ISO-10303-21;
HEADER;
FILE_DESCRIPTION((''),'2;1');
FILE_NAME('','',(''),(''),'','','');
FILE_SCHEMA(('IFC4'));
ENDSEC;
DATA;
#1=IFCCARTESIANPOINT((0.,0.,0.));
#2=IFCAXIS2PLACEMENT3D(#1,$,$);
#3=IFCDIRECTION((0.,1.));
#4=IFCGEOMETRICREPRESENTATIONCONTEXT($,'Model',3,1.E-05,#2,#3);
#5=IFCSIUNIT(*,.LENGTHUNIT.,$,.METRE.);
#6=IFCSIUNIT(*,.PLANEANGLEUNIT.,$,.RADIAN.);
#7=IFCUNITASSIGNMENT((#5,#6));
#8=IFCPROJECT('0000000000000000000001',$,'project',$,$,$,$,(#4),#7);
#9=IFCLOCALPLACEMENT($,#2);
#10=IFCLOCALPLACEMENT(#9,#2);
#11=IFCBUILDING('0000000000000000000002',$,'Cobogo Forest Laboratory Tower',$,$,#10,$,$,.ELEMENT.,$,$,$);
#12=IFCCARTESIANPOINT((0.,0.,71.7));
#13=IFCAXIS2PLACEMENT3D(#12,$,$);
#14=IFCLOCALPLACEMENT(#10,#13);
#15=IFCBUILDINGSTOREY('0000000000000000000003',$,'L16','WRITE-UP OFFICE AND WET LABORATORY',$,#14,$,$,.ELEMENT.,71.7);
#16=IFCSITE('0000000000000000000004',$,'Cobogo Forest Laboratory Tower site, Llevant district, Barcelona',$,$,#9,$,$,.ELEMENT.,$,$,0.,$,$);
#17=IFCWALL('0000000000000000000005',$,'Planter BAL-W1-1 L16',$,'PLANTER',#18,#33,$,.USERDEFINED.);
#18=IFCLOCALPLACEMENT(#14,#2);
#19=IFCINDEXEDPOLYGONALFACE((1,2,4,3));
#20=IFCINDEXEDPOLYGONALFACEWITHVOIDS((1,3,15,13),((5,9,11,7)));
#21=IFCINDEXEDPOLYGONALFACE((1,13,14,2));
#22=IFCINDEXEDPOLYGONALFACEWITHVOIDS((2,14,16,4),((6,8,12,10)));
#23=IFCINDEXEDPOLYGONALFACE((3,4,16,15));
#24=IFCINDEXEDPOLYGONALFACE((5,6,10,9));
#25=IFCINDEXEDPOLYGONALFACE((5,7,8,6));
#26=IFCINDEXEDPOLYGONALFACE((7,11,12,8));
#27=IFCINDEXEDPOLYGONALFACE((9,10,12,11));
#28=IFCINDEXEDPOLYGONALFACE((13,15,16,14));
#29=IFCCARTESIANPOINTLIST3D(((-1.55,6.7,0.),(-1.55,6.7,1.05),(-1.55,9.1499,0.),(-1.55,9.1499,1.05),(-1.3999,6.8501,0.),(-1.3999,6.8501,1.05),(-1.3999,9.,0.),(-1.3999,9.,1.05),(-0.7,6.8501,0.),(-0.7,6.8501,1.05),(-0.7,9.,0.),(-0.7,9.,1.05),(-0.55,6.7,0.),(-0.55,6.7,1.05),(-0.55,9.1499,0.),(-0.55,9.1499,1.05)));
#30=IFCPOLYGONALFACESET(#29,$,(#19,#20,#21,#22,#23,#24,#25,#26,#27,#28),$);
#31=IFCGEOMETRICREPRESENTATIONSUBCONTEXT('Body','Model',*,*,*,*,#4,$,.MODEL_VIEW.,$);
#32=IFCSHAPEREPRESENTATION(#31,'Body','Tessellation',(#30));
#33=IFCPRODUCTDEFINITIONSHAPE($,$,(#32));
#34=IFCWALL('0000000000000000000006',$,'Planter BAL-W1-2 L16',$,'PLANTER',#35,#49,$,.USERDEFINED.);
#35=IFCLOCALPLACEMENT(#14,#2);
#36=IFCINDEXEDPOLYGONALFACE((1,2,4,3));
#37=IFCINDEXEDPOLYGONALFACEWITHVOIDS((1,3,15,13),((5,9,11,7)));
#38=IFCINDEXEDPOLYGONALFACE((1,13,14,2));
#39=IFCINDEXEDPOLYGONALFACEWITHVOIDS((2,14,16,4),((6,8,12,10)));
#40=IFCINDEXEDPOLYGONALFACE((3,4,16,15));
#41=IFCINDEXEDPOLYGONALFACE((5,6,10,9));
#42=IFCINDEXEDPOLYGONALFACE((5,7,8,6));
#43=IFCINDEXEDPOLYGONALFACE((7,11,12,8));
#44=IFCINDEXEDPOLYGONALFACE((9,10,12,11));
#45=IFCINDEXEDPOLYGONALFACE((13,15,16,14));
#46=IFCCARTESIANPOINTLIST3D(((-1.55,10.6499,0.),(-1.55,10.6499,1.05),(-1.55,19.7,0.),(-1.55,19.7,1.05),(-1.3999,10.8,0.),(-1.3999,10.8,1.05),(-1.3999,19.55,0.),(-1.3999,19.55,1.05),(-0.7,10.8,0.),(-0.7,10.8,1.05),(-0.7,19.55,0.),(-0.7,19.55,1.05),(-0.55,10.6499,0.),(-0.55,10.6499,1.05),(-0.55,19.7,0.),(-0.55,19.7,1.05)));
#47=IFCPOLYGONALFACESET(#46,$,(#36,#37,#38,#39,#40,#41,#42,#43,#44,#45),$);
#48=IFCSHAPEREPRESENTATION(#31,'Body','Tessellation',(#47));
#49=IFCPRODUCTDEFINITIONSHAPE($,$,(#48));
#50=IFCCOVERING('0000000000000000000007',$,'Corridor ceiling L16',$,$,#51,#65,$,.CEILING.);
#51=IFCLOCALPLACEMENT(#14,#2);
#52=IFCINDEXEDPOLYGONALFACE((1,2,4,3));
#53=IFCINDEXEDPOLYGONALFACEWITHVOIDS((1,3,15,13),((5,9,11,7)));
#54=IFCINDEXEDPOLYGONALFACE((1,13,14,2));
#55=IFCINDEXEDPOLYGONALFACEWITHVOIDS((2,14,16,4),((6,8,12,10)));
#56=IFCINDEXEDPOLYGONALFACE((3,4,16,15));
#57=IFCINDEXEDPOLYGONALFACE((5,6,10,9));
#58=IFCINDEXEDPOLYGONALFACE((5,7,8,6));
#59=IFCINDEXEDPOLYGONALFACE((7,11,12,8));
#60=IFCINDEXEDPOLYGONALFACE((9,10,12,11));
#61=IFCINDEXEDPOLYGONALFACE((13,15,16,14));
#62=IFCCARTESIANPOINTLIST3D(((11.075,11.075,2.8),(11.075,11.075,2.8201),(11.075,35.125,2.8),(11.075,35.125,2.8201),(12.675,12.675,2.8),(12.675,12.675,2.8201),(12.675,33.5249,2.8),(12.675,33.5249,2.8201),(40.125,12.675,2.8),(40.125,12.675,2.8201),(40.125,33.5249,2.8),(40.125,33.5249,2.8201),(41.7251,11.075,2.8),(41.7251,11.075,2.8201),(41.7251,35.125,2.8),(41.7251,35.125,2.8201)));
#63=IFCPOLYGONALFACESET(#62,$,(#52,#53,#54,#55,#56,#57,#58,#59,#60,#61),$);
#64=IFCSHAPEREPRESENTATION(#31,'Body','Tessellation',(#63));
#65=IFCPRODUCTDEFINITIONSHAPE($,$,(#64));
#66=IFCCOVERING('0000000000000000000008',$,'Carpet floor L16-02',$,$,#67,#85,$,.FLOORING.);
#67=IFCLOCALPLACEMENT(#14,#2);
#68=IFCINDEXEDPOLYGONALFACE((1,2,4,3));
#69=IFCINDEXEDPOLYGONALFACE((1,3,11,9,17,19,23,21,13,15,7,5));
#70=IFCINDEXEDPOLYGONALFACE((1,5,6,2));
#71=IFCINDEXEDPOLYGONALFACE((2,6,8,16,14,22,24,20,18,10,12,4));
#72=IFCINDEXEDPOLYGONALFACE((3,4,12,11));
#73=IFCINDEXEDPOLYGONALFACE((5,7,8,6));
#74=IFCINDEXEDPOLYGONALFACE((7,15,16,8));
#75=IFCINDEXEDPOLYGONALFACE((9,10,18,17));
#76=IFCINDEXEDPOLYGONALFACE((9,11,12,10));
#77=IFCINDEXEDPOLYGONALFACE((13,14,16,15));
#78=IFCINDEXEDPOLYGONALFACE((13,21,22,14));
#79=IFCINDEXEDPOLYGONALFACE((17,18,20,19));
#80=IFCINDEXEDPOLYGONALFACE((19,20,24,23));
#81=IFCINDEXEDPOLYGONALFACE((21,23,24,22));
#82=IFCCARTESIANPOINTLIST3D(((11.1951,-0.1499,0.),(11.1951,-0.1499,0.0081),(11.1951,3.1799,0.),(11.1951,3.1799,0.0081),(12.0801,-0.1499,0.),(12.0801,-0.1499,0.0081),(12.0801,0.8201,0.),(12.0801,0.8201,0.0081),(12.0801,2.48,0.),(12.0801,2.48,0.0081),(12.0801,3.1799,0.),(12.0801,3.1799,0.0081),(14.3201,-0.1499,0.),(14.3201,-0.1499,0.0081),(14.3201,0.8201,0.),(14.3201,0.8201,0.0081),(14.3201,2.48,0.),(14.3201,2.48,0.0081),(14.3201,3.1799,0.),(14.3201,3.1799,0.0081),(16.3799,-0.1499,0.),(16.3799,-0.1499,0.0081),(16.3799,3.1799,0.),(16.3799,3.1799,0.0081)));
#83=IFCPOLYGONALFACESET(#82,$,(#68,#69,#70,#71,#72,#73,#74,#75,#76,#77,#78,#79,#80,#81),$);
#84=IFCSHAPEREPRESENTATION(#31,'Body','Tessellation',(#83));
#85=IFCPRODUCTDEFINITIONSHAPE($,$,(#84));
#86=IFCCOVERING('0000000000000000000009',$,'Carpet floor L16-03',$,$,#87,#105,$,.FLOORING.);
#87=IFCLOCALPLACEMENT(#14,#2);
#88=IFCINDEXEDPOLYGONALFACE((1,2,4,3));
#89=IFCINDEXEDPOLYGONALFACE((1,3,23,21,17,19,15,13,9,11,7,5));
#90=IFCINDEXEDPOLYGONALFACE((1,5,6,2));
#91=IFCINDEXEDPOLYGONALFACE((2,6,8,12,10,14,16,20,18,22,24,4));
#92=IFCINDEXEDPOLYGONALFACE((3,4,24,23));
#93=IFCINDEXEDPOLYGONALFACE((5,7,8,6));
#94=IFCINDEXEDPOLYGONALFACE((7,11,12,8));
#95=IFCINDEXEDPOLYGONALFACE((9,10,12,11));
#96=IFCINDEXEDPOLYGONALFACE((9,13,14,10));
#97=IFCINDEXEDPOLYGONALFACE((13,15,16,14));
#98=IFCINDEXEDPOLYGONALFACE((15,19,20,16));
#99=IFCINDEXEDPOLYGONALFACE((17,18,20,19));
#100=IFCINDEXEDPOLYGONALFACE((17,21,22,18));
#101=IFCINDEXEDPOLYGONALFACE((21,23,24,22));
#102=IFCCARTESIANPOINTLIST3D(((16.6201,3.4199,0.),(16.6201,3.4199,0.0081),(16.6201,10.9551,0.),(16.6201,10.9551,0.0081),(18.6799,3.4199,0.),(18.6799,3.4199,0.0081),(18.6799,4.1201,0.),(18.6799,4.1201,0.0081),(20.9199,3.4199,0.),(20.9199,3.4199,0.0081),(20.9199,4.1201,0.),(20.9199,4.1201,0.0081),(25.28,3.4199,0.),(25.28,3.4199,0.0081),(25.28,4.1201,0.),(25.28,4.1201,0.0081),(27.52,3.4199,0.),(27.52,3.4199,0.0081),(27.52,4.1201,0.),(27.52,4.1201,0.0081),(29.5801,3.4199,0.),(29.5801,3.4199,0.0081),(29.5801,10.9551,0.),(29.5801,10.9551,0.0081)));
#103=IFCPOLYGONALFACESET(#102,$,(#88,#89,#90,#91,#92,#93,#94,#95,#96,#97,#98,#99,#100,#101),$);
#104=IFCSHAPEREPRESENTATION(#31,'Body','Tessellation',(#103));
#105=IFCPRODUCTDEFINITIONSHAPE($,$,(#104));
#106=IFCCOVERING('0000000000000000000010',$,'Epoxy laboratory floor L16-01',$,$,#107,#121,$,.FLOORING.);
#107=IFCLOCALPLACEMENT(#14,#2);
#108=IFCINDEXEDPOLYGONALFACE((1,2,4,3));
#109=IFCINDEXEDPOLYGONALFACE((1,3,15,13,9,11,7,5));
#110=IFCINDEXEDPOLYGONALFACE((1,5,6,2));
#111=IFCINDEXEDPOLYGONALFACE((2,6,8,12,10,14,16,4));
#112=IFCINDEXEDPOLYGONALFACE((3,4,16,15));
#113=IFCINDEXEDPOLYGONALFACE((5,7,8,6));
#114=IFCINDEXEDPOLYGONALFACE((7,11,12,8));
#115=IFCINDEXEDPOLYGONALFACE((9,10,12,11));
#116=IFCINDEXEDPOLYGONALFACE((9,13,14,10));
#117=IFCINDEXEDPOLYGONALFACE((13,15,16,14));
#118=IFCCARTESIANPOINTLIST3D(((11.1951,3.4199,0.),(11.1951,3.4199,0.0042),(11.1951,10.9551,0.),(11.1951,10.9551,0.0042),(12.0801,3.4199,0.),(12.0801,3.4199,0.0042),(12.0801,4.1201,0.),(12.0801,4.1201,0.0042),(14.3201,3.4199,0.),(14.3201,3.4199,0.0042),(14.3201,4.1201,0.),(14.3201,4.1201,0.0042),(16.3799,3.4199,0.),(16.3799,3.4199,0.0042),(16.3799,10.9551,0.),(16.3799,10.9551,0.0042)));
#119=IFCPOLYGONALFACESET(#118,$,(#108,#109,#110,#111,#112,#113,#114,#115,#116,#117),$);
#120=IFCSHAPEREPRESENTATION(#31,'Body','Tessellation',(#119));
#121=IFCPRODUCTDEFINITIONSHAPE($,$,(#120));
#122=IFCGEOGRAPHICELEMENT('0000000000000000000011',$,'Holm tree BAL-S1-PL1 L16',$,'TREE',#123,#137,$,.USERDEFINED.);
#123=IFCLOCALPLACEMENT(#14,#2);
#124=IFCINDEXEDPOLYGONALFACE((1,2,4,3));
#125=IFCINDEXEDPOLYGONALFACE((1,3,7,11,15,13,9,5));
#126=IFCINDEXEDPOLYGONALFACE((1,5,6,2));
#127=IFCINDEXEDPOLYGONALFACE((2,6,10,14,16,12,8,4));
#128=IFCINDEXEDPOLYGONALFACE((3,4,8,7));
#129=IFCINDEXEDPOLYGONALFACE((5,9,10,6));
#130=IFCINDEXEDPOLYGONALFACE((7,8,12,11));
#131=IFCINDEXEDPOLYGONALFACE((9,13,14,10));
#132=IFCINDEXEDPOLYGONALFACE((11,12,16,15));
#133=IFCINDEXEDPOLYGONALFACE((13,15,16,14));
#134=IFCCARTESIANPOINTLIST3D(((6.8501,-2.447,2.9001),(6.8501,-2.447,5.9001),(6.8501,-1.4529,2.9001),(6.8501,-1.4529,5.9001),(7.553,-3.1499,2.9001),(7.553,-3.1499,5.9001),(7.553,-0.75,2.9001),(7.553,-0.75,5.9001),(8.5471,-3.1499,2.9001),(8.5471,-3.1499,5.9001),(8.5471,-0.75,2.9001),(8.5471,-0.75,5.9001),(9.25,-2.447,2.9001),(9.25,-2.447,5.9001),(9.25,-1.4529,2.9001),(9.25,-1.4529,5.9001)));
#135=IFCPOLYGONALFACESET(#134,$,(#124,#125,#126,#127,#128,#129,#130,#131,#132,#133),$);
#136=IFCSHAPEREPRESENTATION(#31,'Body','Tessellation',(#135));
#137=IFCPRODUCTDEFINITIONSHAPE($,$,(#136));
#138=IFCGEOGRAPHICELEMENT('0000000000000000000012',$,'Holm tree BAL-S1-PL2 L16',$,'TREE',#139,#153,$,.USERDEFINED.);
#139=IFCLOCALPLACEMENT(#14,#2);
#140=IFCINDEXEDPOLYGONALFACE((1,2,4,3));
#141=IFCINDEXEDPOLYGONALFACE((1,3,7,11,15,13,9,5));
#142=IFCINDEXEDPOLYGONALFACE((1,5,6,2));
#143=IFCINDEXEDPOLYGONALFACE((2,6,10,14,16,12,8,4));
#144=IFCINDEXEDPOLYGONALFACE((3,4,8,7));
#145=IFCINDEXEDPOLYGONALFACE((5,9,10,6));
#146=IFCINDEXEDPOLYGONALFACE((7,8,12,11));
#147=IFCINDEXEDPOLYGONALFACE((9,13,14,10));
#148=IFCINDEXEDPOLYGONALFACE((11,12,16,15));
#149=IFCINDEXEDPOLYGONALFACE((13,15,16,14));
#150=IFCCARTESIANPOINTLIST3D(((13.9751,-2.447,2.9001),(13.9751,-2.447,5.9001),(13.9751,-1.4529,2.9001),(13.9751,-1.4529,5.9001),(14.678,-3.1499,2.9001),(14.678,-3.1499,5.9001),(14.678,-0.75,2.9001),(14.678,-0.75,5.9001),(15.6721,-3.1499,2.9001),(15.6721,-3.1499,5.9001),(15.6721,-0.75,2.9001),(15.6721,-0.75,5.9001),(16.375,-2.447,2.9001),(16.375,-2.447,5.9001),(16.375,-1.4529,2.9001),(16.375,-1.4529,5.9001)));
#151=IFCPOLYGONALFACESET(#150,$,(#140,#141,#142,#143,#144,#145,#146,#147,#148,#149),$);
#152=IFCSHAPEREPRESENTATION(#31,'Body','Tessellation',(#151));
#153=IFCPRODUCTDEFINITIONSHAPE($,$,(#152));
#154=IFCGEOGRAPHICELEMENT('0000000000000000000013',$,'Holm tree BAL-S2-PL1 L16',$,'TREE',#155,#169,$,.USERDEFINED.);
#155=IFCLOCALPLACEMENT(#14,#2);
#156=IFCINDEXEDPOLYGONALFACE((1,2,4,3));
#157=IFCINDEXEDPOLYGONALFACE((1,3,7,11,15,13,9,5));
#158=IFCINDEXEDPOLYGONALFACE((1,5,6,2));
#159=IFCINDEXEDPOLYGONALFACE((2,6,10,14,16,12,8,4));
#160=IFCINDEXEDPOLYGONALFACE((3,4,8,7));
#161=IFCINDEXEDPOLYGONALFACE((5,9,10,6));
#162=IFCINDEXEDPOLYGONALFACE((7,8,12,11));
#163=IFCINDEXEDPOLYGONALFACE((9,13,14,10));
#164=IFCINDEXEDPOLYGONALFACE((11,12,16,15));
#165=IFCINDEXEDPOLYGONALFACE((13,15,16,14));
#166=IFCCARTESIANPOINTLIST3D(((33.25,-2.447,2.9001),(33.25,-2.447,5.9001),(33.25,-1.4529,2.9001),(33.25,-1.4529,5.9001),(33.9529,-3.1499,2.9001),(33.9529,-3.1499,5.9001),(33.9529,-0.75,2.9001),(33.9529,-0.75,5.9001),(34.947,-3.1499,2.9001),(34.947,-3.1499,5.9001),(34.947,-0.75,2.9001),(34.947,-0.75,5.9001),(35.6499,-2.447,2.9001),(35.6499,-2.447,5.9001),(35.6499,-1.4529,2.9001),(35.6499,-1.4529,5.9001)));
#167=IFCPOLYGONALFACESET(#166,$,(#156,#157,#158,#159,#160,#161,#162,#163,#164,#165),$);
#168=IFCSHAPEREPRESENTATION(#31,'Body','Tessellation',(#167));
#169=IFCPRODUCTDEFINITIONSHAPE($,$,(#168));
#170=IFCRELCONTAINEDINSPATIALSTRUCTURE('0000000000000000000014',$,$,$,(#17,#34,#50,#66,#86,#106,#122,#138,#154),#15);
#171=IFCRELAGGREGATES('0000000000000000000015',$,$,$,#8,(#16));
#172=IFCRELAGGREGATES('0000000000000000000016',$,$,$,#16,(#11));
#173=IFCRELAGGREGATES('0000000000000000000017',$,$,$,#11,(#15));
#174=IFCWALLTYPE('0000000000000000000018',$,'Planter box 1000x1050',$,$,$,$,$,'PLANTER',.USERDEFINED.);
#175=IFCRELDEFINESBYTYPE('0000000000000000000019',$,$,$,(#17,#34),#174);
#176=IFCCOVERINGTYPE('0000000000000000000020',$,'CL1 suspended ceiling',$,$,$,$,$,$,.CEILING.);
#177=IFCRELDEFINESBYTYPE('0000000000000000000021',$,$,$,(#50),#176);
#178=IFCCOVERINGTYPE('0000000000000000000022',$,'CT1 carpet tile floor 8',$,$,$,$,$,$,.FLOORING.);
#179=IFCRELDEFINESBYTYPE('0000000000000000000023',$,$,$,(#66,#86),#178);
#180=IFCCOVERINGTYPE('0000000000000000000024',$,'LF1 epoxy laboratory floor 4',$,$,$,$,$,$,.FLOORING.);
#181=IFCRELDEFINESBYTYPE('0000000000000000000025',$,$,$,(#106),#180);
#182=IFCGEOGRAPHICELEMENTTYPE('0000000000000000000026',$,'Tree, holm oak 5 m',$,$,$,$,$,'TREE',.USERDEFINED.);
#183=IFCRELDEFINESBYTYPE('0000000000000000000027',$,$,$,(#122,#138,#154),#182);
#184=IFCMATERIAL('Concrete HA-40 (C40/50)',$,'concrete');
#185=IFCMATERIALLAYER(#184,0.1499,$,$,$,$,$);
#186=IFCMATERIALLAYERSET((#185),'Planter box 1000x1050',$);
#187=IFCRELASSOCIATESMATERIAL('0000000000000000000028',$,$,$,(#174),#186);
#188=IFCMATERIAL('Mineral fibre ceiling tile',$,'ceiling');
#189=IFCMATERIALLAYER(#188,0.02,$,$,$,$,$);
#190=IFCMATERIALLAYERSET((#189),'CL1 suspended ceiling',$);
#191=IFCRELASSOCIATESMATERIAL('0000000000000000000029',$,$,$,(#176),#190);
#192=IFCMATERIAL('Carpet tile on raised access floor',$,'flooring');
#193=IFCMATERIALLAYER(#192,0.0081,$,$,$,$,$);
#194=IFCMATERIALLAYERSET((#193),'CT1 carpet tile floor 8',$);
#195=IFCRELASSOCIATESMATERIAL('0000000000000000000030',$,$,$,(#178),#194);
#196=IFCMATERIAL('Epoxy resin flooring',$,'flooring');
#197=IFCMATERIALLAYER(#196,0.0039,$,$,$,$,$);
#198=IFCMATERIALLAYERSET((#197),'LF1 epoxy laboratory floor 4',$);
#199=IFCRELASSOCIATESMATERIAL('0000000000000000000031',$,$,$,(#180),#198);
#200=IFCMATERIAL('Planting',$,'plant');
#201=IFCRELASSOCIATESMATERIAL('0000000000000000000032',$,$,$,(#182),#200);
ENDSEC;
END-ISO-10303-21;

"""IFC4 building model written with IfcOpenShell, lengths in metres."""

from ifc_helpers import new_model, si_unit, direction, frame, origin, place, context, subcontext, project, spatial, polyline, outline, extrude, material, layer, layer_set, type_object, element, save


model = new_model("IFC4")

# Units and contexts
model_context = context("Model", 3, precision=1e-05, world=origin(), true_north=direction((0.0, 1.0)))
body_context = subcontext(model_context, "Body", "Model", "MODEL_VIEW")
ifc_project = project(units=[si_unit("LENGTHUNIT", "METRE"), si_unit("PLANEANGLEUNIT", "RADIAN")], contexts=[model_context])

# Site, building, storey
site_placement = place(None, origin())
site = spatial("IfcSite", under=ifc_project, at=site_placement, Name="Cobogo Forest Laboratory Tower site, Llevant district, Barcelona", CompositionType="ELEMENT", RefElevation=0.0)
building_placement = place(site_placement, origin())
building = spatial("IfcBuilding", under=site, at=building_placement, Name="Cobogo Forest Laboratory Tower", CompositionType="ELEMENT")
storey_placement = place(building_placement, frame((0.0, 0.0, 71.7)))
storey = spatial("IfcBuildingStorey", under=building, at=storey_placement, Name="L16", Description="WRITE-UP OFFICE AND WET LABORATORY", CompositionType="ELEMENT", Elevation=71.7)

# Shared definitions
ifc_material_1 = material(Name="Concrete HA-40 (C40/50)", Category="concrete")

# Walls
ifc_layer_1 = layer(ifc_material_1, 0.1499)
ifc_layer_set_1 = layer_set([ifc_layer_1], Name="Planter box 1000x1050")
wall_type = type_object("IfcWallType", Name="Planter box 1000x1050", ElementType="PLANTER", PredefinedType="USERDEFINED", material=ifc_layer_set_1)
wall_1_placement = place(storey_placement, origin())
element("IfcWall", 1, at=wall_1_placement, inside=storey, type_object=wall_type, Name="Planter BAL-W1-1 L16", ObjectType="PLANTER", PredefinedType="USERDEFINED", context=body_context, shape_type="SweptSolid", body=[
    extrude(outline(polyline([(-1.55, 6.7), (-0.55, 6.7), (-0.55, 9.1499), (-1.55, 9.1499), (-1.55, 6.7)]), holes=[polyline([(-1.3999, 6.8501), (-0.7, 6.8501), (-0.7, 9.0), (-1.3999, 9.0), (-1.3999, 6.8501)])]), origin(), (0.0, 0.0, 1.0), 1.05),
])
wall_2_placement = place(storey_placement, origin())
element("IfcWall", 2, at=wall_2_placement, inside=storey, type_object=wall_type, Name="Planter BAL-W1-2 L16", ObjectType="PLANTER", PredefinedType="USERDEFINED", context=body_context, shape_type="SweptSolid", body=[
    extrude(outline(polyline([(-1.55, 10.6499), (-0.55, 10.6499), (-0.55, 19.7), (-1.55, 19.7), (-1.55, 10.6499)]), holes=[polyline([(-1.3999, 10.8), (-0.7, 10.8), (-0.7, 19.55), (-1.3999, 19.55), (-1.3999, 10.8)])]), origin(), (0.0, 0.0, 1.0), 1.05),
])

# Coverings
ifc_material_2 = material(Name="Mineral fibre ceiling tile", Category="ceiling")
ifc_layer_2 = layer(ifc_material_2, 0.02)
ifc_layer_set_2 = layer_set([ifc_layer_2], Name="CL1 suspended ceiling")
covering_type_1 = type_object("IfcCoveringType", Name="CL1 suspended ceiling", PredefinedType="CEILING", material=ifc_layer_set_2)
covering_1_placement = place(storey_placement, frame((0.0, 0.0, 2.8)))
element("IfcCovering", 3, at=covering_1_placement, inside=storey, type_object=covering_type_1, Name="Corridor ceiling L16", PredefinedType="CEILING", context=body_context, shape_type="SweptSolid", body=[
    extrude(outline(polyline([(11.075, 11.075), (11.075, 35.125), (41.7251, 35.125), (41.7251, 11.075), (11.075, 11.075)]), holes=[polyline([(40.125, 33.5249), (12.675, 33.5249), (12.675, 12.675), (40.125, 12.675), (40.125, 33.5249)])]), origin(), (0.0, 0.0, 1.0), 0.02),
])
ifc_material_3 = material(Name="Carpet tile on raised access floor", Category="flooring")
ifc_layer_3 = layer(ifc_material_3, 0.0081)
ifc_layer_set_3 = layer_set([ifc_layer_3], Name="CT1 carpet tile floor 8")
covering_type_2 = type_object("IfcCoveringType", Name="CT1 carpet tile floor 8", PredefinedType="FLOORING", material=ifc_layer_set_3)
covering_2_placement = place(storey_placement, origin())
element("IfcCovering", 4, at=covering_2_placement, inside=storey, type_object=covering_type_2, Name="Carpet floor L16-02", PredefinedType="FLOORING", context=body_context, shape_type="SweptSolid", body=[
    extrude(outline(polyline([(12.0801, 3.1799), (12.0801, 2.48), (14.3201, 2.48), (14.3201, 3.1799), (16.3799, 3.1799), (16.3799, -0.1499), (14.3201, -0.1499), (14.3201, 0.8201), (12.0801, 0.8201), (12.0801, -0.1499), (11.1951, -0.1499), (11.1951, 3.1799), (12.0801, 3.1799)])), origin(), (0.0, 0.0, 1.0), 0.0081),
])
covering_3_placement = place(storey_placement, origin())
element("IfcCovering", 5, at=covering_3_placement, inside=storey, type_object=covering_type_2, Name="Carpet floor L16-03", PredefinedType="FLOORING", context=body_context, shape_type="SweptSolid", body=[
    extrude(outline(polyline([(16.6201, 10.9551), (29.5801, 10.9551), (29.5801, 3.4199), (27.52, 3.4199), (27.52, 4.1201), (25.28, 4.1201), (25.28, 3.4199), (20.9199, 3.4199), (20.9199, 4.1201), (18.6799, 4.1201), (18.6799, 3.4199), (16.6201, 3.4199), (16.6201, 10.9551)])), origin(), (0.0, 0.0, 1.0), 0.0081),
])
ifc_material_4 = material(Name="Epoxy resin flooring", Category="flooring")
ifc_layer_4 = layer(ifc_material_4, 0.0039)
ifc_layer_set_4 = layer_set([ifc_layer_4], Name="LF1 epoxy laboratory floor 4")
covering_type_3 = type_object("IfcCoveringType", Name="LF1 epoxy laboratory floor 4", PredefinedType="FLOORING", material=ifc_layer_set_4)
covering_4_placement = place(storey_placement, origin())
element("IfcCovering", 6, at=covering_4_placement, inside=storey, type_object=covering_type_3, Name="Epoxy laboratory floor L16-01", PredefinedType="FLOORING", context=body_context, shape_type="SweptSolid", body=[
    extrude(outline(polyline([(11.1951, 10.9551), (16.3799, 10.9551), (16.3799, 3.4199), (14.3201, 3.4199), (14.3201, 4.1201), (12.0801, 4.1201), (12.0801, 3.4199), (11.1951, 3.4199), (11.1951, 10.9551)])), origin(), (0.0, 0.0, 1.0), 0.0042),
])

# Geographic elements
ifc_material_5 = material(Name="Planting", Category="plant")
geographic_element_type = type_object("IfcGeographicElementType", Name="Tree, holm oak 5 m", ElementType="TREE", PredefinedType="USERDEFINED", material=ifc_material_5)
geographic_element_1_placement = place(storey_placement, frame((0.0, 0.0, 2.9001)))
element("IfcGeographicElement", 7, at=geographic_element_1_placement, inside=storey, type_object=geographic_element_type, Name="Holm tree BAL-S1-PL1 L16", ObjectType="TREE", PredefinedType="USERDEFINED", context=body_context, shape_type="SweptSolid", body=[
    extrude(outline(polyline([(9.25, -2.447), (9.25, -1.4529), (8.5471, -0.75), (7.553, -0.75), (6.8501, -1.4529), (6.8501, -2.447), (7.553, -3.1499), (8.5471, -3.1499), (9.25, -2.447)])), origin(), (0.0, 0.0, 1.0), 3.0),
])
geographic_element_2_placement = place(storey_placement, frame((0.0, 0.0, 2.9001)))
element("IfcGeographicElement", 8, at=geographic_element_2_placement, inside=storey, type_object=geographic_element_type, Name="Holm tree BAL-S1-PL2 L16", ObjectType="TREE", PredefinedType="USERDEFINED", context=body_context, shape_type="SweptSolid", body=[
    extrude(outline(polyline([(16.375, -2.447), (16.375, -1.4529), (15.6721, -0.75), (14.678, -0.75), (13.9751, -1.4529), (13.9751, -2.447), (14.678, -3.1499), (15.6721, -3.1499), (16.375, -2.447)])), origin(), (0.0, 0.0, 1.0), 3.0),
])
geographic_element_3_placement = place(storey_placement, frame((0.0, 0.0, 2.9001)))
element("IfcGeographicElement", 9, at=geographic_element_3_placement, inside=storey, type_object=geographic_element_type, Name="Holm tree BAL-S2-PL1 L16", ObjectType="TREE", PredefinedType="USERDEFINED", context=body_context, shape_type="SweptSolid", body=[
    extrude(outline(polyline([(35.6499, -2.447), (35.6499, -1.4529), (34.947, -0.75), (33.9529, -0.75), (33.25, -1.4529), (33.25, -2.447), (33.9529, -3.1499), (34.947, -3.1499), (35.6499, -2.447)])), origin(), (0.0, 0.0, 1.0), 3.0),
])

save(model, "model.ifc")
